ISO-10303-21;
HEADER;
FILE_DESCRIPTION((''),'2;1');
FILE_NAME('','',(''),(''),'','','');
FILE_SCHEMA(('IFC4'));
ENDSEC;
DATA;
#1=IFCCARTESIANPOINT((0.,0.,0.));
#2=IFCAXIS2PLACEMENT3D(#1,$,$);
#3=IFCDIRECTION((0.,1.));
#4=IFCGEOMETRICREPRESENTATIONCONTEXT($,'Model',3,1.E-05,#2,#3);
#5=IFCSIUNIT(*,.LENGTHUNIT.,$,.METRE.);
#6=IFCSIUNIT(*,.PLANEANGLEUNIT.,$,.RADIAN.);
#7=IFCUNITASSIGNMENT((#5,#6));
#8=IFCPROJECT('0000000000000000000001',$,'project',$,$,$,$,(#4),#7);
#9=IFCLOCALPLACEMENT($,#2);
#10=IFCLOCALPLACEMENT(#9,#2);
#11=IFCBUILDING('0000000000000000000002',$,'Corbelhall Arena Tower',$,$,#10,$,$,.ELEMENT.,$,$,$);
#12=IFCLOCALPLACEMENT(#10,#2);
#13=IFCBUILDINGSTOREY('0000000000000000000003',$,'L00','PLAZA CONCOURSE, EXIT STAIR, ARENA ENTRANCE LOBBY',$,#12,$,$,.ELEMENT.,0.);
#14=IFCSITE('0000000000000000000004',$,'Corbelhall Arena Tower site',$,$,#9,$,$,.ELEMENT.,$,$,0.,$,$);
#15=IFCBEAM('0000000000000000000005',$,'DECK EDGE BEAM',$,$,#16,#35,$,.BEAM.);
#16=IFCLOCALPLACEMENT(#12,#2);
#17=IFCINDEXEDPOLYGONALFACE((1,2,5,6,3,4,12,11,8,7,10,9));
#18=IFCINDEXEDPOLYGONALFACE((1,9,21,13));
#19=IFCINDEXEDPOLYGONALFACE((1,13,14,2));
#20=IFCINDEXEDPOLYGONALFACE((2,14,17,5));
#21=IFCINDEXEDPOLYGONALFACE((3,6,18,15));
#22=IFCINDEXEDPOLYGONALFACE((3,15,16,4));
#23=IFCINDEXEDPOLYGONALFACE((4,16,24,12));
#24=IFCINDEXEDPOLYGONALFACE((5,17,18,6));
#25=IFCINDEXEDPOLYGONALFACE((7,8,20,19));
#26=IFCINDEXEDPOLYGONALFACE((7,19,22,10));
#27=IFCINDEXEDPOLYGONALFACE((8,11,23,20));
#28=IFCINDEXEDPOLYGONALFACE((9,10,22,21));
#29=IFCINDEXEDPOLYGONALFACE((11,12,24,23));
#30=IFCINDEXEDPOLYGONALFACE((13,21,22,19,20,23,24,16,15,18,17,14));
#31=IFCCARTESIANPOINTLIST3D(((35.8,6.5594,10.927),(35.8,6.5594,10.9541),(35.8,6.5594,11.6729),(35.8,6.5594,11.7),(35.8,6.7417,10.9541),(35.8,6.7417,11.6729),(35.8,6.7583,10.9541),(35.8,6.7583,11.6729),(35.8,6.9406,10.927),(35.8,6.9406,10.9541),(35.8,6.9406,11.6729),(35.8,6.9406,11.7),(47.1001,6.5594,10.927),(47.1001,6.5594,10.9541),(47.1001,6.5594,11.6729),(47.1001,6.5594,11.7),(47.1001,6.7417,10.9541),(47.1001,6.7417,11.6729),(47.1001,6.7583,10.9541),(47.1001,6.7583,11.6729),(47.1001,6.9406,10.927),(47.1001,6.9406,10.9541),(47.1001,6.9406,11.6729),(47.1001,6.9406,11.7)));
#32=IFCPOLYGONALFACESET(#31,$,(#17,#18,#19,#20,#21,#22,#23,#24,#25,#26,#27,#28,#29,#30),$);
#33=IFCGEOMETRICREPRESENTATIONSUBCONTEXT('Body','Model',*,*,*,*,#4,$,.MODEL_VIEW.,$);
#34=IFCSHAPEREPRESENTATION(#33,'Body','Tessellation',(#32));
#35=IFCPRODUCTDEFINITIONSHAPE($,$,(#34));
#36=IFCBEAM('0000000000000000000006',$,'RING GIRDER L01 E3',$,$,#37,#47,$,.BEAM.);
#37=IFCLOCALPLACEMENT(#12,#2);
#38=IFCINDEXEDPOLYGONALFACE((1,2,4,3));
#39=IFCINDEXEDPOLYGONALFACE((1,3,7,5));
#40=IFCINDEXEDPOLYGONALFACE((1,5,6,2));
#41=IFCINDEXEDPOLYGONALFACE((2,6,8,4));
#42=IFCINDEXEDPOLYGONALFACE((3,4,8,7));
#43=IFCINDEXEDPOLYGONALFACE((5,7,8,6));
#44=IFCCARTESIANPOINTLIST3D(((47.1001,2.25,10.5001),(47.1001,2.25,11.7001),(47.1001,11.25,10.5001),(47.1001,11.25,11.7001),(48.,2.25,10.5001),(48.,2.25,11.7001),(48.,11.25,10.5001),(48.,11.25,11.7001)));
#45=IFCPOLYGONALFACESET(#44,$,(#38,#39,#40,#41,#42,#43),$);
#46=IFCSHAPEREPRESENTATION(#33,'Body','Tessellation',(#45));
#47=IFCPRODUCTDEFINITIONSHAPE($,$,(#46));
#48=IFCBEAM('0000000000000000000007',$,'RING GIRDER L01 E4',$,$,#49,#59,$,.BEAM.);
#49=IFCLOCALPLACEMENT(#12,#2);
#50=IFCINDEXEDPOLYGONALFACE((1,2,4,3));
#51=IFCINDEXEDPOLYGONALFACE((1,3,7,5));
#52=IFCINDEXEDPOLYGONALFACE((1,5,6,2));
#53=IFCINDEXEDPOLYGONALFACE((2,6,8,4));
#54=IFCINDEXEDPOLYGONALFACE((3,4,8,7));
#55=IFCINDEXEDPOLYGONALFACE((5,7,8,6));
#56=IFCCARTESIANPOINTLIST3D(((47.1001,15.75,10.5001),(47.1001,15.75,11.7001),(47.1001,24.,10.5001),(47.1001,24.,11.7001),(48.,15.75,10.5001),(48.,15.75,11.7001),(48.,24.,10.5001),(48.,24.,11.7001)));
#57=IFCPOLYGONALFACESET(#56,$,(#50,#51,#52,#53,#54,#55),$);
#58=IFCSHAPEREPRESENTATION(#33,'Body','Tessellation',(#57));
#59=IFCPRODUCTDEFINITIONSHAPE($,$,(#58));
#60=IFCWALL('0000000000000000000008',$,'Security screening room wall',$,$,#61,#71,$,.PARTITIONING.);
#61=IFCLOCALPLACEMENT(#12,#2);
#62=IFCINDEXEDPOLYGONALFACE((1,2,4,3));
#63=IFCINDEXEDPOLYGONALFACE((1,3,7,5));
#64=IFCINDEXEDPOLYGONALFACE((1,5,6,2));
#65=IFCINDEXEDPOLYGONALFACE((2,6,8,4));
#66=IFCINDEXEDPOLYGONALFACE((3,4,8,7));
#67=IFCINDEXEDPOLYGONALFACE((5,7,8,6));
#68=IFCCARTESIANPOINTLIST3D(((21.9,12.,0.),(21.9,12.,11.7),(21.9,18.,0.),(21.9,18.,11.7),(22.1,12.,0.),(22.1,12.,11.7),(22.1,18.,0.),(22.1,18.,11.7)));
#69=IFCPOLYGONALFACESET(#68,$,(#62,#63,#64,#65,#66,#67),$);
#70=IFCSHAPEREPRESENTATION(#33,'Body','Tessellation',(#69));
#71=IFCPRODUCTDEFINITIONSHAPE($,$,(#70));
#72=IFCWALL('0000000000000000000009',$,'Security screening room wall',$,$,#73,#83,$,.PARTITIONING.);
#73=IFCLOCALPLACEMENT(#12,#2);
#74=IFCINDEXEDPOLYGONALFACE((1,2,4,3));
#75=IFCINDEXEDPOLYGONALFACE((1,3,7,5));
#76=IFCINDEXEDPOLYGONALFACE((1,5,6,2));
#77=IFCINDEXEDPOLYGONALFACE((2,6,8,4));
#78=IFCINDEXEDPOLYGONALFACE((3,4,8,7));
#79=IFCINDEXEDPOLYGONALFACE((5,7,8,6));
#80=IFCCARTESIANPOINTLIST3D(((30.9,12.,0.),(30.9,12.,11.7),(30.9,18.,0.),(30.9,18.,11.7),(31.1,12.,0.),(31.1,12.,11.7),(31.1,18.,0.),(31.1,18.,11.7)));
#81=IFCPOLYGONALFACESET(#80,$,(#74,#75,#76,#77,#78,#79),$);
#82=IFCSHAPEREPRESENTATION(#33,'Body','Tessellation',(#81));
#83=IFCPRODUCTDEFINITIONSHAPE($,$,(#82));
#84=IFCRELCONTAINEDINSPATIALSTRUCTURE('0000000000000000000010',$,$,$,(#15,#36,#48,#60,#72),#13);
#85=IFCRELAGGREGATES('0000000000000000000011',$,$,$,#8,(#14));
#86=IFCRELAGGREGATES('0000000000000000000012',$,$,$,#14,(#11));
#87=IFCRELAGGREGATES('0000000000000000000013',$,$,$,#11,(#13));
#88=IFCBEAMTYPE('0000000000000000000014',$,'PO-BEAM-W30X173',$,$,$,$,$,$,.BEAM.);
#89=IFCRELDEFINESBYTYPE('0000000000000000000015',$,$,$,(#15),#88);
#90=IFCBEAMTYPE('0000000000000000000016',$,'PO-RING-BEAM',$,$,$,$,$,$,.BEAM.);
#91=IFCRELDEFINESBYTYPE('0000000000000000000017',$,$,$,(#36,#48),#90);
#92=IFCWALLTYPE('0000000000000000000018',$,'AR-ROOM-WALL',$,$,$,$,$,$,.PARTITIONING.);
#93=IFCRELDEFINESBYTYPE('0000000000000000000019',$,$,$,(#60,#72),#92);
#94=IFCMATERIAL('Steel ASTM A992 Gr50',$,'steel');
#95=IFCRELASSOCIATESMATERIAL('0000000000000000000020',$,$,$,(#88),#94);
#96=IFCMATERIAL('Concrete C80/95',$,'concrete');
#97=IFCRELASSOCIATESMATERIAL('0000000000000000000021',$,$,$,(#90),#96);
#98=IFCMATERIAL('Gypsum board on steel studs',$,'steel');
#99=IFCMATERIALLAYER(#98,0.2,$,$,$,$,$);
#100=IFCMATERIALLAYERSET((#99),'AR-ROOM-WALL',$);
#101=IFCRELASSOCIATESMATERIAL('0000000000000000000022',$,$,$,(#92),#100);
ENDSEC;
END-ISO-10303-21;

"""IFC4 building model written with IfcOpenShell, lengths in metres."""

from ifc_helpers import new_model, si_unit, direction, frame, frame_2d, origin, origin_2d, place, context, subcontext, project, spatial, rectangle, i_section, extrude, material, layer, layer_set, material_profile, profile_set, type_object, element, save


model = new_model("IFC4")

# Units and contexts
model_context = context("Model", 3, precision=1e-05, world=origin(), true_north=direction((0.0, 1.0)))
body_context = subcontext(model_context, "Body", "Model", "MODEL_VIEW")
ifc_project = project(units=[si_unit("LENGTHUNIT", "METRE"), si_unit("PLANEANGLEUNIT", "RADIAN")], contexts=[model_context])

# Site, building, storey
site_placement = place(None, origin())
site = spatial("IfcSite", under=ifc_project, at=site_placement, Name="Corbelhall Arena Tower site", CompositionType="ELEMENT", RefElevation=0.0)
building_placement = place(site_placement, origin())
building = spatial("IfcBuilding", under=site, at=building_placement, Name="Corbelhall Arena Tower", CompositionType="ELEMENT")
storey_placement = place(building_placement, origin())
storey = spatial("IfcBuildingStorey", under=building, at=storey_placement, Name="L00", Description="PLAZA CONCOURSE, EXIT STAIR, ARENA ENTRANCE LOBBY", CompositionType="ELEMENT", Elevation=0.0)

# Shared definitions
ifc_material_1 = material(Name="Concrete C80/95", Category="concrete")

# Beams
ifc_material_2 = material(Name="Steel ASTM A992 Gr50", Category="steel")
ifc_material_profile_1 = material_profile(ifc_material_2, i_section(OverallWidth=0.3811, OverallDepth=0.7729, WebThickness=0.0166, FlangeThickness=0.0271, at=origin_2d()))
ifc_profile_set_1 = profile_set([ifc_material_profile_1], Name="Steel ASTM A992 Gr50")
beam_type_1 = type_object("IfcBeamType", Name="PO-BEAM-W30X173", PredefinedType="BEAM", material=ifc_profile_set_1)
beam_1_placement = place(storey_placement, frame((35.8, 6.75, 11.3135), z_axis=(1.0, 0.0, 0.0), x_axis=(0.0, 1.0, 0.0)))
element("IfcBeam", 1, at=beam_1_placement, inside=storey, type_object=beam_type_1, Name="DECK EDGE BEAM", PredefinedType="BEAM", context=body_context, shape_type="SweptSolid", body=[
    extrude(i_section(OverallWidth=0.3811, OverallDepth=0.7729, WebThickness=0.0166, FlangeThickness=0.0271, at=origin_2d()), origin(), (0.0, 0.0, 1.0), 11.3),
])
ifc_material_profile_2 = material_profile(ifc_material_1, rectangle(XDim=0.8999, YDim=1.2, at=origin_2d()))
ifc_profile_set_2 = profile_set([ifc_material_profile_2], Name="Concrete C80/95")
beam_type_2 = type_object("IfcBeamType", Name="PO-RING-BEAM", PredefinedType="BEAM", material=ifc_profile_set_2)
beam_2_placement = place(storey_placement, frame((47.55, 2.25, 11.1001), z_axis=(0.0, 1.0, 0.0), x_axis=(-1.0, 0.0, 0.0)))
element("IfcBeam", 2, at=beam_2_placement, inside=storey, type_object=beam_type_2, Name="RING GIRDER L01 E3", PredefinedType="BEAM", context=body_context, shape_type="SweptSolid", body=[
    extrude(rectangle(XDim=0.8999, YDim=1.2, at=origin_2d()), origin(), (0.0, 0.0, 1.0), 9.0),
])
beam_3_placement = place(storey_placement, frame((47.55, 15.75, 11.1001), z_axis=(0.0, 1.0, 0.0), x_axis=(-1.0, 0.0, 0.0)))
element("IfcBeam", 3, at=beam_3_placement, inside=storey, type_object=beam_type_2, Name="RING GIRDER L01 E4", PredefinedType="BEAM", context=body_context, shape_type="SweptSolid", body=[
    extrude(rectangle(XDim=0.8999, YDim=1.2, at=origin_2d()), origin(), (0.0, 0.0, 1.0), 8.25),
])

# Shared definitions
ifc_material_3 = material(Name="Gypsum board on steel studs", Category="steel")
ifc_layer = layer(ifc_material_3, 0.2)
ifc_layer_set = layer_set([ifc_layer], Name="AR-ROOM-WALL")
wall_type = type_object("IfcWallType", Name="AR-ROOM-WALL", PredefinedType="PARTITIONING", material=ifc_layer_set)

# Walls
for number, where, z_axis, x_axis, name in (
    (4, (22.0, 18.0, 0.0), (0.0, 0.0, 1.0), (0.0, -1.0, 0.0), "Security screening room wall"),
    (5, (31.0, 12.0, 0.0), (0.0, 0.0, 1.0), (0.0, 1.0, 0.0), "Security screening room wall"),
):
    element("IfcWall", number, at=place(storey_placement, frame(where, z_axis=z_axis, x_axis=x_axis)), inside=storey, type_object=wall_type, Name=name, PredefinedType="PARTITIONING", context=body_context, shape_type="SweptSolid", body=[
        extrude(rectangle(XDim=6.0, YDim=0.2, at=frame_2d((3.0, 0.0))), origin(), (0.0, 0.0, 1.0), 11.7),
    ])

save(model, "model.ifc")
